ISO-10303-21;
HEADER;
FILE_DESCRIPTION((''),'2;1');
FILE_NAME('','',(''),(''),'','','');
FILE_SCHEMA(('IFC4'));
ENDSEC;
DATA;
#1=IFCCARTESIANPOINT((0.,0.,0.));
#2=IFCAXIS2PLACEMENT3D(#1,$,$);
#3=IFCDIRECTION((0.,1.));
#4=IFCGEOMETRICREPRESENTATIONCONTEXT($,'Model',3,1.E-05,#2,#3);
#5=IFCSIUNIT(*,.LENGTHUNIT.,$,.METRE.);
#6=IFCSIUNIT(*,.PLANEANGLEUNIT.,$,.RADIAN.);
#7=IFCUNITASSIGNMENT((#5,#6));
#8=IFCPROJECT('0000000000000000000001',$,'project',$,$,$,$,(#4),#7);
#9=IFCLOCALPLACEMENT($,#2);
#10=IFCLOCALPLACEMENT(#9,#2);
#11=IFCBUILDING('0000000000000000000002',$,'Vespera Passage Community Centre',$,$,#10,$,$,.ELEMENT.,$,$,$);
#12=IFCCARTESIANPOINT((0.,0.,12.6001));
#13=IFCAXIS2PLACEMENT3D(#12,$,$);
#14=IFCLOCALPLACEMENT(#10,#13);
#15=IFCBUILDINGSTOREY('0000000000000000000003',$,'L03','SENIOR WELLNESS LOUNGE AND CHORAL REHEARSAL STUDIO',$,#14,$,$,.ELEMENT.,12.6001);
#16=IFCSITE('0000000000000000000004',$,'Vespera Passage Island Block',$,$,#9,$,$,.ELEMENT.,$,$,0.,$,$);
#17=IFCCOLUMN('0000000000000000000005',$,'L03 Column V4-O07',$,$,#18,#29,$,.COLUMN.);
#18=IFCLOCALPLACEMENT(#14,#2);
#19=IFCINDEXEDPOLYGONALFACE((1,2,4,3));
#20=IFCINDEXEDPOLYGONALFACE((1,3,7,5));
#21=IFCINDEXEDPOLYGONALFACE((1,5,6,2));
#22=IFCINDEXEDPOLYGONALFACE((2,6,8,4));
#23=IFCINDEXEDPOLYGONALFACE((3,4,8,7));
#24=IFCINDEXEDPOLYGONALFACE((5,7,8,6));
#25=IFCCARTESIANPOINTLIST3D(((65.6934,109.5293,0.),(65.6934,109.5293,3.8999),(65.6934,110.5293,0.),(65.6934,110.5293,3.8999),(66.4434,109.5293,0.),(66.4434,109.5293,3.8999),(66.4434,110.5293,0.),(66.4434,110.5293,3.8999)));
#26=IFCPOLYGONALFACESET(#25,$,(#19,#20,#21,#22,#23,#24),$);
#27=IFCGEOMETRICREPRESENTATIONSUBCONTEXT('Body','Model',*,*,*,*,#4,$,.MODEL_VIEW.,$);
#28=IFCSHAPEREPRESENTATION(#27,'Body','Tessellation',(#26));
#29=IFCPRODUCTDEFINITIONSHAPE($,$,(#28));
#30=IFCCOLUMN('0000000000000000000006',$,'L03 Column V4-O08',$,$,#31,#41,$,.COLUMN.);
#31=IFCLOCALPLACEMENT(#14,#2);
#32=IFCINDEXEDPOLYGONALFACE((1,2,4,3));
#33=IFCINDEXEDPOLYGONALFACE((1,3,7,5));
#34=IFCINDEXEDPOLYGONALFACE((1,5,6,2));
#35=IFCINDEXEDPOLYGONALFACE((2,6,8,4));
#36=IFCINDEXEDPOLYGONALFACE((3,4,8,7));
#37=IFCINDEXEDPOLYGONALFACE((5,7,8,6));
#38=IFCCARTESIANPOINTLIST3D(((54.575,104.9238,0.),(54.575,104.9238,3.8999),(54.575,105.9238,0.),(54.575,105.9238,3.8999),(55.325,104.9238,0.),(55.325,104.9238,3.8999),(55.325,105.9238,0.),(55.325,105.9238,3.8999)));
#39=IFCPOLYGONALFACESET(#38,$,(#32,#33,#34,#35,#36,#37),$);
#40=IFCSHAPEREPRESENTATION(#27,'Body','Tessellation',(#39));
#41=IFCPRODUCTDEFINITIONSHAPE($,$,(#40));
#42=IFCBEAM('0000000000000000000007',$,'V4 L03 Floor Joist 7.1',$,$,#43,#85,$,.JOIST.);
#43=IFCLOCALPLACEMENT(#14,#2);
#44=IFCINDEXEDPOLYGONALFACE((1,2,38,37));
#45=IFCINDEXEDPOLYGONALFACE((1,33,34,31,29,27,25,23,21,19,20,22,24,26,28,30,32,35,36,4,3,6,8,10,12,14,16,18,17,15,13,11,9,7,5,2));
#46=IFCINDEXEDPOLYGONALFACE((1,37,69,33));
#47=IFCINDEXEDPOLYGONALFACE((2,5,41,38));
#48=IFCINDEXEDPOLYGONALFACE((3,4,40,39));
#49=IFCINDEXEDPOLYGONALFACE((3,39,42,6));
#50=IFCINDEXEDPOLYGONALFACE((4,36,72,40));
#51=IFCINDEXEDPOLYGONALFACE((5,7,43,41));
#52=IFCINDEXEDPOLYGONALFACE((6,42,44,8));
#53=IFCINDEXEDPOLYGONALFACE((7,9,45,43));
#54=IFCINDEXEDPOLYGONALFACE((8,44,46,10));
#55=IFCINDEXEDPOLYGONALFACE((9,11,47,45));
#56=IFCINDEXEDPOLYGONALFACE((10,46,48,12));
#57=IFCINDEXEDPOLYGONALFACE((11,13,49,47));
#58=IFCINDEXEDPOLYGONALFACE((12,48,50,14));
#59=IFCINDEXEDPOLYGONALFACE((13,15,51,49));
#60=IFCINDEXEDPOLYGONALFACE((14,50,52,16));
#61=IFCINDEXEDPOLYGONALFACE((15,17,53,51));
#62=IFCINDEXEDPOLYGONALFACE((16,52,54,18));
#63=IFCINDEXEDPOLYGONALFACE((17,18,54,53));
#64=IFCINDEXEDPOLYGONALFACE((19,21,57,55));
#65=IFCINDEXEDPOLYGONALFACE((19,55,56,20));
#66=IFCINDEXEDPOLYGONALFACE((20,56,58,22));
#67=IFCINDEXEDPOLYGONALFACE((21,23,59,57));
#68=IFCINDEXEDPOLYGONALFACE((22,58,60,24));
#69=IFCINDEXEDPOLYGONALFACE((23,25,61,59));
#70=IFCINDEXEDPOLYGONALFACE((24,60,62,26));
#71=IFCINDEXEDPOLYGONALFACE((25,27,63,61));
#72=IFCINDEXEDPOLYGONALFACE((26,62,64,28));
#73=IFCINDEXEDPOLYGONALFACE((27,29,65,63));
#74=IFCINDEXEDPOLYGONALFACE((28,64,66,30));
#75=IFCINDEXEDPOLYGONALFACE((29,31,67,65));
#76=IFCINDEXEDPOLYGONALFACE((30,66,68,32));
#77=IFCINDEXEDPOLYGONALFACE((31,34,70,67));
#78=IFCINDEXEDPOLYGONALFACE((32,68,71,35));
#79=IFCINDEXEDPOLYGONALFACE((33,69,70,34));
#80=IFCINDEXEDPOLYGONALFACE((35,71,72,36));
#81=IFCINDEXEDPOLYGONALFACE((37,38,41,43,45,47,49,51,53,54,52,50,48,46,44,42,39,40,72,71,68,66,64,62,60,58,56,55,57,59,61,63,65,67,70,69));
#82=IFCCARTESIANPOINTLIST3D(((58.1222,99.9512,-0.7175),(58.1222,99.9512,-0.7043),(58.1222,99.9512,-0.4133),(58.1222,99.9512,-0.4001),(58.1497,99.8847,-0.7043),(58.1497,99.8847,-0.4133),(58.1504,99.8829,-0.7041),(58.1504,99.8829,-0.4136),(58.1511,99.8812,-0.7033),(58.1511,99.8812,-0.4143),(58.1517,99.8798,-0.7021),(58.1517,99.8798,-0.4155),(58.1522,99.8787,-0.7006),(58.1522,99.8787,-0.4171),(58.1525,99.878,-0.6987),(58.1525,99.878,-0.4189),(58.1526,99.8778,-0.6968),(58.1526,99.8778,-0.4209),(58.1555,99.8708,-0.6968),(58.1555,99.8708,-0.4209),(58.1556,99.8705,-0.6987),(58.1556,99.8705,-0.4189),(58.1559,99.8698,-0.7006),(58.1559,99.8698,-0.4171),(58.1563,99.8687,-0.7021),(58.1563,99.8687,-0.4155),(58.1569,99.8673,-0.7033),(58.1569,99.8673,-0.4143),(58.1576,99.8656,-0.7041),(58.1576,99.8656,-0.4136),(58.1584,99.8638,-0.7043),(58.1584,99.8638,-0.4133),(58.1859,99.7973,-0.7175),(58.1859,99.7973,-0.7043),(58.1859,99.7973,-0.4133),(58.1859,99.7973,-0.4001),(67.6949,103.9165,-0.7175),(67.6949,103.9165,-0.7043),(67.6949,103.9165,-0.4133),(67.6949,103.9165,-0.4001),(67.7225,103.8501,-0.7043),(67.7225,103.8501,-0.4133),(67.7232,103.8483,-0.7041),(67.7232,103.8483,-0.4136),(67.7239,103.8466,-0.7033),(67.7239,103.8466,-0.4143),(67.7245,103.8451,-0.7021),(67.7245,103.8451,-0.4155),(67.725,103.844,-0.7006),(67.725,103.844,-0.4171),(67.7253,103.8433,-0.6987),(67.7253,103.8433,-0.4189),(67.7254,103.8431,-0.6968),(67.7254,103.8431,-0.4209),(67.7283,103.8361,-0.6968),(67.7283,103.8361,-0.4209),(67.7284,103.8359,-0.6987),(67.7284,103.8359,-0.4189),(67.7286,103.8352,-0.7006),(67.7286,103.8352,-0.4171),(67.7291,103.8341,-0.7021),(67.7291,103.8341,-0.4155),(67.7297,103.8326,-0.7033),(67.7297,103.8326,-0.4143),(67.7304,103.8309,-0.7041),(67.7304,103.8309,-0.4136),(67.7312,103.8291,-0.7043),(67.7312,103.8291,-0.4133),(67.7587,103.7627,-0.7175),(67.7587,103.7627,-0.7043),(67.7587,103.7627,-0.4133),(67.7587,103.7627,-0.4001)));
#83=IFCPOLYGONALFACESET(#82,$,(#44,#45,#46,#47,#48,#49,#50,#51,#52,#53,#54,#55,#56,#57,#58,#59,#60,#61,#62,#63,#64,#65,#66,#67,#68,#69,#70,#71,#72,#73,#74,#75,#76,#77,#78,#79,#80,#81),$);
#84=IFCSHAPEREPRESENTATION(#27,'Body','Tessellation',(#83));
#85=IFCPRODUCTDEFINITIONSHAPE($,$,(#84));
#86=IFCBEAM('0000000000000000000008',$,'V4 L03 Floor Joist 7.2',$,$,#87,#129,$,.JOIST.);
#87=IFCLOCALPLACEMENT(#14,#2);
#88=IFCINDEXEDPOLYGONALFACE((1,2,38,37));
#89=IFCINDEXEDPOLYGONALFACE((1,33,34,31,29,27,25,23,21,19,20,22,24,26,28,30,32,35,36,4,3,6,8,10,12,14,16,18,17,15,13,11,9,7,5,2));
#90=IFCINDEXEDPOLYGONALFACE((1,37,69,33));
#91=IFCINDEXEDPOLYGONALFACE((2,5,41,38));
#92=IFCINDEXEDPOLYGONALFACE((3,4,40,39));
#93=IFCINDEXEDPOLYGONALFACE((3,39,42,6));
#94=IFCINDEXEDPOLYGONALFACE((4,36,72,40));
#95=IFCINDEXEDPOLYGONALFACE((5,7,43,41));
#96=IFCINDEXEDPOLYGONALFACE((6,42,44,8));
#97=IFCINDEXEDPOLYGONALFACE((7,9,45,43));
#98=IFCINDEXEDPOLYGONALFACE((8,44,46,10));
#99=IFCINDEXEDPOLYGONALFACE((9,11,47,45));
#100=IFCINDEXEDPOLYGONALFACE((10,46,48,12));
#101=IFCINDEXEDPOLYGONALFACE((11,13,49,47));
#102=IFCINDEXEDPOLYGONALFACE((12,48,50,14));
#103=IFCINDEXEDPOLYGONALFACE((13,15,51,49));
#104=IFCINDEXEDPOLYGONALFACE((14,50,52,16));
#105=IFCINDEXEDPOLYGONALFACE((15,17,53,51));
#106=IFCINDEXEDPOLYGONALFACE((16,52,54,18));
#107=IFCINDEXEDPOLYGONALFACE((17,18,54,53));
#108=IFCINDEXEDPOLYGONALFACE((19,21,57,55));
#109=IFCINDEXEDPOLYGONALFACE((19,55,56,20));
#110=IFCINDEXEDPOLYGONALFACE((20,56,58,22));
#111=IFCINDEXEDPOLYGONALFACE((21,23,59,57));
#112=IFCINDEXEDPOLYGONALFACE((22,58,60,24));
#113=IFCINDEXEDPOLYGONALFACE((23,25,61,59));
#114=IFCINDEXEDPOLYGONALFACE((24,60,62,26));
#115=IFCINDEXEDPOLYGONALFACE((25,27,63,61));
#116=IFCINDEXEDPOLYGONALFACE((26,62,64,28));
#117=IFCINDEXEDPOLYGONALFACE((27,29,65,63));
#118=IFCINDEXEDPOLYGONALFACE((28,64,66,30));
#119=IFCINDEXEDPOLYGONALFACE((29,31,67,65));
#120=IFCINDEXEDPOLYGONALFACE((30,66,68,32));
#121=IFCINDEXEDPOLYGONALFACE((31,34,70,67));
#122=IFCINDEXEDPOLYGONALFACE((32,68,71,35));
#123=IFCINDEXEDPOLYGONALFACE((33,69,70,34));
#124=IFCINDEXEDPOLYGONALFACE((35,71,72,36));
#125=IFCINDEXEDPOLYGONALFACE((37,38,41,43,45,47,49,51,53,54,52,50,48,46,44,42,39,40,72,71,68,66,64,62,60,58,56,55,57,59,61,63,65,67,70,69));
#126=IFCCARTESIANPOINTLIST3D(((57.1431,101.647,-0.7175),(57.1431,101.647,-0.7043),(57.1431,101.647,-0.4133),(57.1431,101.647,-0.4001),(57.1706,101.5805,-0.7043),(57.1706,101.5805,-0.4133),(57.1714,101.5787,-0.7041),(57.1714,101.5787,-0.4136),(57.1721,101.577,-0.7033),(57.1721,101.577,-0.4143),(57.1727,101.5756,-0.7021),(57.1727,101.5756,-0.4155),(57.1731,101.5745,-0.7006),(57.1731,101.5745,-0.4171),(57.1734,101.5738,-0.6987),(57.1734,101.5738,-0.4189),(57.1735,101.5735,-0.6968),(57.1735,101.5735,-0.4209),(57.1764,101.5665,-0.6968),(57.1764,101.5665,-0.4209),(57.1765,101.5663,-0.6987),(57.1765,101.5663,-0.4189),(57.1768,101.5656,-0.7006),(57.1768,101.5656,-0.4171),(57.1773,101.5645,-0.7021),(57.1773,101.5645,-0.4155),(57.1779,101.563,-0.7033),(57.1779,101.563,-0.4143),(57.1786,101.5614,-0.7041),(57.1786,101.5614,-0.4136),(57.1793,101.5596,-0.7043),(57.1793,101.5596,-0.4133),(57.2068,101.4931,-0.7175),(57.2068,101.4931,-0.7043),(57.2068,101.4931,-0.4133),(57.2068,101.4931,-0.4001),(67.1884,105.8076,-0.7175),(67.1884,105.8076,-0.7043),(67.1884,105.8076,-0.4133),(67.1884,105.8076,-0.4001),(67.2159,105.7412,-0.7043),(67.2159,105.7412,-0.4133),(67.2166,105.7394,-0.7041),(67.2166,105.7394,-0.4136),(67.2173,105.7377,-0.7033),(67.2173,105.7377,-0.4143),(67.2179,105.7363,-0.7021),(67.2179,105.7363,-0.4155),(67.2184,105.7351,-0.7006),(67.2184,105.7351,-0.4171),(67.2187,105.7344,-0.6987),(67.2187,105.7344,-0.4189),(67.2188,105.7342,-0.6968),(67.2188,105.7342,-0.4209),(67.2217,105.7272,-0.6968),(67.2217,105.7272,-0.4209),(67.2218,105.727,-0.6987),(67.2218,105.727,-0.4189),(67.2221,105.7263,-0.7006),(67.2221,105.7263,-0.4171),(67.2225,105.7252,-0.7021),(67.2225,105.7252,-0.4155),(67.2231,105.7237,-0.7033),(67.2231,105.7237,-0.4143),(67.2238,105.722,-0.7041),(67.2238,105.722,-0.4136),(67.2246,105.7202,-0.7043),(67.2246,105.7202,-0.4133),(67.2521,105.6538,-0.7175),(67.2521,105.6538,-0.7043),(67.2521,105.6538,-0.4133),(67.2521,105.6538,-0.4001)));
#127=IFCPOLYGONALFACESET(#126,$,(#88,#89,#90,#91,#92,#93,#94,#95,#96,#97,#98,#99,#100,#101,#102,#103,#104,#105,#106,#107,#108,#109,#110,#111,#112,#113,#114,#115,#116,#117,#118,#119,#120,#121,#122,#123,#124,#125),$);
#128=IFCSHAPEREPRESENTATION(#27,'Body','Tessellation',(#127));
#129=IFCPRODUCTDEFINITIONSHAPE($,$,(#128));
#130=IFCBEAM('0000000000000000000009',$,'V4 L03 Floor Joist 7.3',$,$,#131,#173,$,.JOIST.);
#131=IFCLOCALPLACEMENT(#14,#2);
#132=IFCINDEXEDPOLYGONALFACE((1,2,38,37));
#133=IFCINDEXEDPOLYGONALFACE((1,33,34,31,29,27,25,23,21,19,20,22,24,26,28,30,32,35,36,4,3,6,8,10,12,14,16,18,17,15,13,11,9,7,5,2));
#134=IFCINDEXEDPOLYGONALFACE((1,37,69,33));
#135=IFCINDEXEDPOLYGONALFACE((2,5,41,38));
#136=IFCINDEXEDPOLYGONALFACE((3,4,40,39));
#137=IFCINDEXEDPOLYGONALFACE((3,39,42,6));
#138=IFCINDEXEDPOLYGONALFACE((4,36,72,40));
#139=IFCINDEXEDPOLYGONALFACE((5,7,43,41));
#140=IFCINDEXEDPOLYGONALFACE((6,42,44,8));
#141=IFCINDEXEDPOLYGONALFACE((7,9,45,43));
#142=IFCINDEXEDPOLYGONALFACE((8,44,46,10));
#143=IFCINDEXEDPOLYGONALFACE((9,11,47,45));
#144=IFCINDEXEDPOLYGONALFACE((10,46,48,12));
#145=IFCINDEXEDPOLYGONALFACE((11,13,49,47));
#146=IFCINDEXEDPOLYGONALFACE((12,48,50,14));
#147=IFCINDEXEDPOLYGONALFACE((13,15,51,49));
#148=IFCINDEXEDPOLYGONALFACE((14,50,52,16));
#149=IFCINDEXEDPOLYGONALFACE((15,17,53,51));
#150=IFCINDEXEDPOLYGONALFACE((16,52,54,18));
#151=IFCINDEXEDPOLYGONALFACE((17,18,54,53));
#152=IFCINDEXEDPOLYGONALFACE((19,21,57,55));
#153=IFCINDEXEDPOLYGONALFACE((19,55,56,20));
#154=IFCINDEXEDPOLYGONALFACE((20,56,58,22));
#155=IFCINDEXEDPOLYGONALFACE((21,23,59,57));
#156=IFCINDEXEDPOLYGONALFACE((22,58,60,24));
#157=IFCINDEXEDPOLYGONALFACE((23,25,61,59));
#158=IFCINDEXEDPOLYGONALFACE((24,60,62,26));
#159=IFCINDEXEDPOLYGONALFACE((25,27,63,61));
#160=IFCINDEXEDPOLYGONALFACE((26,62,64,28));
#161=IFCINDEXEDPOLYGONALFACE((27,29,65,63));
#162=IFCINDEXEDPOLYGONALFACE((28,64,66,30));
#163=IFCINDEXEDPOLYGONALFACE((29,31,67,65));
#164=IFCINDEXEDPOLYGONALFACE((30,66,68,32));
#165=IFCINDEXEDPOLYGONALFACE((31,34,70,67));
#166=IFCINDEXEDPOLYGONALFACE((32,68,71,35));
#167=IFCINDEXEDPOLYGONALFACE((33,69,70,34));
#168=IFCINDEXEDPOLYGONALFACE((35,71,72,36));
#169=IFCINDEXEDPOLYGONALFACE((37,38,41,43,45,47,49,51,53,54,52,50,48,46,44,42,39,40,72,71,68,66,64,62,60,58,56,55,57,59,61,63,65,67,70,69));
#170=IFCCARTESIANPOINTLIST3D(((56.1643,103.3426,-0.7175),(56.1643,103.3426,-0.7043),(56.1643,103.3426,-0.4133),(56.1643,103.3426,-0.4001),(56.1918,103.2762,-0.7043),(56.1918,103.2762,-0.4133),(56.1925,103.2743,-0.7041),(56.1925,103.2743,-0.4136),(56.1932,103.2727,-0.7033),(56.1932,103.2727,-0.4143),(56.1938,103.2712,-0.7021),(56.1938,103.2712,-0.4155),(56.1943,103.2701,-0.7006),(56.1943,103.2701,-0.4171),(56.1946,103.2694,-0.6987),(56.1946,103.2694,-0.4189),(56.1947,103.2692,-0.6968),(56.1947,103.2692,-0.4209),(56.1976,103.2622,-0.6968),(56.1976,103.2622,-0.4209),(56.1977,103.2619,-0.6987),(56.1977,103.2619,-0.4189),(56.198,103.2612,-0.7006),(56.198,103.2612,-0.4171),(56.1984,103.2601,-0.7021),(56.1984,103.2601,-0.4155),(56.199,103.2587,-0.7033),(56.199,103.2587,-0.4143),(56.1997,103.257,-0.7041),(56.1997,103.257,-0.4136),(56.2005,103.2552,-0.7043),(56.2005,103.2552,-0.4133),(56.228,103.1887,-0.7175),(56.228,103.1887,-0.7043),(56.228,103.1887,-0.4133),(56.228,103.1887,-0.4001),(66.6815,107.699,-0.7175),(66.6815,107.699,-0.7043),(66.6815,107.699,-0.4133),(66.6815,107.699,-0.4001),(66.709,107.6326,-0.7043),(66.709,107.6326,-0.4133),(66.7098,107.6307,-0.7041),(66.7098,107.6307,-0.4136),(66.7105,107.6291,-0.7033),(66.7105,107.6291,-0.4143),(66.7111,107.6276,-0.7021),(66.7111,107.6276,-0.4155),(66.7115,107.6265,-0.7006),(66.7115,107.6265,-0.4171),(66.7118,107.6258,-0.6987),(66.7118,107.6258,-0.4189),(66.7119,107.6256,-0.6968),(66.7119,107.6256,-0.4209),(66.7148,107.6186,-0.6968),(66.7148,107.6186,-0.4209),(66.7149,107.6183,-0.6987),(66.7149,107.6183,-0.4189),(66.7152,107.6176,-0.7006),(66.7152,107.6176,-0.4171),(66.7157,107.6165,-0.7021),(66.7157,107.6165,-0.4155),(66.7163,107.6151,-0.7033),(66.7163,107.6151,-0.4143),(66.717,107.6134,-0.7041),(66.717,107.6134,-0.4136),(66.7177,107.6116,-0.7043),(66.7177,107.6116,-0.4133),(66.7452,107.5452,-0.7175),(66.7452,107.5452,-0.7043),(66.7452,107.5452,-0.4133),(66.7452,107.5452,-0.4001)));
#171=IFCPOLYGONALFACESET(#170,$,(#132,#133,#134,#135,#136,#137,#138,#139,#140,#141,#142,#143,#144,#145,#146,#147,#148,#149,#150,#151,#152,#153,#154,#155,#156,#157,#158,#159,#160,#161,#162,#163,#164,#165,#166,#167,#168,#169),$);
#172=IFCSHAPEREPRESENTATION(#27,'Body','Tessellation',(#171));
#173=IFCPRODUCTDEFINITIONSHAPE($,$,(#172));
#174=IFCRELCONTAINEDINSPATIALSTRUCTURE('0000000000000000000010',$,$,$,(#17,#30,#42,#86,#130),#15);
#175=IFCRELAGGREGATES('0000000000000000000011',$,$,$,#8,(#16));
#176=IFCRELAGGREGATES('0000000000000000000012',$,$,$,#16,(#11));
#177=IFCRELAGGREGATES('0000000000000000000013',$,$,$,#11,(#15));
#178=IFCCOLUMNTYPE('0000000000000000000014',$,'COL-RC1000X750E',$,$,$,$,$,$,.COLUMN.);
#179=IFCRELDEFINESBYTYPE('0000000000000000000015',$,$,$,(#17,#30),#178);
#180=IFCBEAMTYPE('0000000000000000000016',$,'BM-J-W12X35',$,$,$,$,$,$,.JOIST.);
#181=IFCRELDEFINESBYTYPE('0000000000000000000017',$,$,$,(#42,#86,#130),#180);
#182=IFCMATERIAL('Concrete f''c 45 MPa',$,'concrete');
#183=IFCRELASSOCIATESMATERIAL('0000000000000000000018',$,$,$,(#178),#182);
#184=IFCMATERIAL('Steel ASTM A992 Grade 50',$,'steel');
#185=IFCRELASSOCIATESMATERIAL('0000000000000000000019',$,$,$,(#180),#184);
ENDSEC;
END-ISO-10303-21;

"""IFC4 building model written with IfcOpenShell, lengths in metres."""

from ifc_helpers import new_model, si_unit, direction, frame, origin, origin_2d, place, context, subcontext, project, spatial, rectangle, i_section, extrude, material, material_profile, profile_set, type_object, element, save


model = new_model("IFC4")

# Units and contexts
model_context = context("Model", 3, precision=1e-05, world=origin(), true_north=direction((0.0, 1.0)))
body_context = subcontext(model_context, "Body", "Model", "MODEL_VIEW")
ifc_project = project(units=[si_unit("LENGTHUNIT", "METRE"), si_unit("PLANEANGLEUNIT", "RADIAN")], contexts=[model_context])

# Site, building, storey
site_placement = place(None, origin())
site = spatial("IfcSite", under=ifc_project, at=site_placement, Name="Vespera Passage Island Block", CompositionType="ELEMENT", RefElevation=0.0)
building_placement = place(site_placement, origin())
building = spatial("IfcBuilding", under=site, at=building_placement, Name="Vespera Passage Community Centre", CompositionType="ELEMENT")
storey_placement = place(building_placement, frame((0.0, 0.0, 12.6001)))
storey = spatial("IfcBuildingStorey", under=building, at=storey_placement, Name="L03", Description="SENIOR WELLNESS LOUNGE AND CHORAL REHEARSAL STUDIO", CompositionType="ELEMENT", Elevation=12.6001)

# Columns
ifc_material_1 = material(Name="Concrete f'c 45 MPa", Category="concrete")
ifc_material_profile_1 = material_profile(ifc_material_1, rectangle(XDim=0.75, YDim=1.0, at=origin_2d()), Name="RC1000X750")
ifc_profile_set_1 = profile_set([ifc_material_profile_1], Name="Concrete f'c 45 MPa")
column_type = type_object("IfcColumnType", Name="COL-RC1000X750E", PredefinedType="COLUMN", material=ifc_profile_set_1)
for number, where, z_axis, x_axis, name in (
    (1, (66.0684, 110.0293, 0.0), (0.0, 0.0, 1.0), (1.0, 0.0, 0.0), "L03 Column V4-O07"),
    (2, (54.95, 105.4238, 0.0), (0.0, 0.0, 1.0), (1.0, 0.0, 0.0), "L03 Column V4-O08"),
):
    element("IfcColumn", number, at=place(storey_placement, frame(where, z_axis=z_axis, x_axis=x_axis)), inside=storey, type_object=column_type, Name=name, PredefinedType="COLUMN", context=body_context, shape_type="SweptSolid", body=[
        extrude(rectangle(XDim=0.75, YDim=1.0, at=origin_2d()), origin(), (0.0, 0.0, 1.0), 3.8999),
    ])

# Beams
ifc_material_2 = material(Name="Steel ASTM A992 Grade 50", Category="steel")
ifc_material_profile_2 = material_profile(ifc_material_2, i_section(OverallWidth=0.1665, OverallDepth=0.3174, WebThickness=0.0076, FlangeThickness=0.0132, FilletRadius=0.0076, at=origin_2d()), Name="W12X35")
ifc_profile_set_2 = profile_set([ifc_material_profile_2], Name="Steel ASTM A992 Grade 50")
beam_type_1 = type_object("IfcBeamType", Name="BM-J-W12X35", PredefinedType="JOIST", material=ifc_profile_set_2)
beam_1_placement = place(storey_placement, frame((67.7268, 103.8396, -0.5588), z_axis=(-0.923874, -0.382697, 0.0), x_axis=(0.382697, -0.923874, 0.0)))
element("IfcBeam", 3, at=beam_1_placement, inside=storey, type_object=beam_type_1, Name="V4 L03 Floor Joist 7.1", PredefinedType="JOIST", context=body_context, shape_type="SweptSolid", body=[
    extrude(i_section(OverallWidth=0.1665, OverallDepth=0.3174, WebThickness=0.0076, FlangeThickness=0.0132, FilletRadius=0.0076, at=origin_2d()), origin(), (0.0, 0.0, 1.0), 10.3616),
])
beam_2_placement = place(storey_placement, frame((67.2202, 105.7307, -0.5588), z_axis=(-0.923886, -0.382668, 0.0), x_axis=(0.382668, -0.923886, 0.0)))
element("IfcBeam", 4, at=beam_2_placement, inside=storey, type_object=beam_type_1, Name="V4 L03 Floor Joist 7.2", PredefinedType="JOIST", context=body_context, shape_type="SweptSolid", body=[
    extrude(i_section(OverallWidth=0.1665, OverallDepth=0.3174, WebThickness=0.0076, FlangeThickness=0.0132, FilletRadius=0.0076, at=origin_2d()), origin(), (0.0, 0.0, 1.0), 10.8728),
])
beam_3_placement = place(storey_placement, frame((66.7134, 107.6221, -0.5588), z_axis=(-0.923879, -0.382685, 0.0), x_axis=(0.382685, -0.923879, 0.0)))
element("IfcBeam", 5, at=beam_3_placement, inside=storey, type_object=beam_type_1, Name="V4 L03 Floor Joist 7.3", PredefinedType="JOIST", context=body_context, shape_type="SweptSolid", body=[
    extrude(i_section(OverallWidth=0.1665, OverallDepth=0.3174, WebThickness=0.0076, FlangeThickness=0.0132, FilletRadius=0.0076, at=origin_2d()), origin(), (0.0, 0.0, 1.0), 11.3838),
])

save(model, "model.ifc")
